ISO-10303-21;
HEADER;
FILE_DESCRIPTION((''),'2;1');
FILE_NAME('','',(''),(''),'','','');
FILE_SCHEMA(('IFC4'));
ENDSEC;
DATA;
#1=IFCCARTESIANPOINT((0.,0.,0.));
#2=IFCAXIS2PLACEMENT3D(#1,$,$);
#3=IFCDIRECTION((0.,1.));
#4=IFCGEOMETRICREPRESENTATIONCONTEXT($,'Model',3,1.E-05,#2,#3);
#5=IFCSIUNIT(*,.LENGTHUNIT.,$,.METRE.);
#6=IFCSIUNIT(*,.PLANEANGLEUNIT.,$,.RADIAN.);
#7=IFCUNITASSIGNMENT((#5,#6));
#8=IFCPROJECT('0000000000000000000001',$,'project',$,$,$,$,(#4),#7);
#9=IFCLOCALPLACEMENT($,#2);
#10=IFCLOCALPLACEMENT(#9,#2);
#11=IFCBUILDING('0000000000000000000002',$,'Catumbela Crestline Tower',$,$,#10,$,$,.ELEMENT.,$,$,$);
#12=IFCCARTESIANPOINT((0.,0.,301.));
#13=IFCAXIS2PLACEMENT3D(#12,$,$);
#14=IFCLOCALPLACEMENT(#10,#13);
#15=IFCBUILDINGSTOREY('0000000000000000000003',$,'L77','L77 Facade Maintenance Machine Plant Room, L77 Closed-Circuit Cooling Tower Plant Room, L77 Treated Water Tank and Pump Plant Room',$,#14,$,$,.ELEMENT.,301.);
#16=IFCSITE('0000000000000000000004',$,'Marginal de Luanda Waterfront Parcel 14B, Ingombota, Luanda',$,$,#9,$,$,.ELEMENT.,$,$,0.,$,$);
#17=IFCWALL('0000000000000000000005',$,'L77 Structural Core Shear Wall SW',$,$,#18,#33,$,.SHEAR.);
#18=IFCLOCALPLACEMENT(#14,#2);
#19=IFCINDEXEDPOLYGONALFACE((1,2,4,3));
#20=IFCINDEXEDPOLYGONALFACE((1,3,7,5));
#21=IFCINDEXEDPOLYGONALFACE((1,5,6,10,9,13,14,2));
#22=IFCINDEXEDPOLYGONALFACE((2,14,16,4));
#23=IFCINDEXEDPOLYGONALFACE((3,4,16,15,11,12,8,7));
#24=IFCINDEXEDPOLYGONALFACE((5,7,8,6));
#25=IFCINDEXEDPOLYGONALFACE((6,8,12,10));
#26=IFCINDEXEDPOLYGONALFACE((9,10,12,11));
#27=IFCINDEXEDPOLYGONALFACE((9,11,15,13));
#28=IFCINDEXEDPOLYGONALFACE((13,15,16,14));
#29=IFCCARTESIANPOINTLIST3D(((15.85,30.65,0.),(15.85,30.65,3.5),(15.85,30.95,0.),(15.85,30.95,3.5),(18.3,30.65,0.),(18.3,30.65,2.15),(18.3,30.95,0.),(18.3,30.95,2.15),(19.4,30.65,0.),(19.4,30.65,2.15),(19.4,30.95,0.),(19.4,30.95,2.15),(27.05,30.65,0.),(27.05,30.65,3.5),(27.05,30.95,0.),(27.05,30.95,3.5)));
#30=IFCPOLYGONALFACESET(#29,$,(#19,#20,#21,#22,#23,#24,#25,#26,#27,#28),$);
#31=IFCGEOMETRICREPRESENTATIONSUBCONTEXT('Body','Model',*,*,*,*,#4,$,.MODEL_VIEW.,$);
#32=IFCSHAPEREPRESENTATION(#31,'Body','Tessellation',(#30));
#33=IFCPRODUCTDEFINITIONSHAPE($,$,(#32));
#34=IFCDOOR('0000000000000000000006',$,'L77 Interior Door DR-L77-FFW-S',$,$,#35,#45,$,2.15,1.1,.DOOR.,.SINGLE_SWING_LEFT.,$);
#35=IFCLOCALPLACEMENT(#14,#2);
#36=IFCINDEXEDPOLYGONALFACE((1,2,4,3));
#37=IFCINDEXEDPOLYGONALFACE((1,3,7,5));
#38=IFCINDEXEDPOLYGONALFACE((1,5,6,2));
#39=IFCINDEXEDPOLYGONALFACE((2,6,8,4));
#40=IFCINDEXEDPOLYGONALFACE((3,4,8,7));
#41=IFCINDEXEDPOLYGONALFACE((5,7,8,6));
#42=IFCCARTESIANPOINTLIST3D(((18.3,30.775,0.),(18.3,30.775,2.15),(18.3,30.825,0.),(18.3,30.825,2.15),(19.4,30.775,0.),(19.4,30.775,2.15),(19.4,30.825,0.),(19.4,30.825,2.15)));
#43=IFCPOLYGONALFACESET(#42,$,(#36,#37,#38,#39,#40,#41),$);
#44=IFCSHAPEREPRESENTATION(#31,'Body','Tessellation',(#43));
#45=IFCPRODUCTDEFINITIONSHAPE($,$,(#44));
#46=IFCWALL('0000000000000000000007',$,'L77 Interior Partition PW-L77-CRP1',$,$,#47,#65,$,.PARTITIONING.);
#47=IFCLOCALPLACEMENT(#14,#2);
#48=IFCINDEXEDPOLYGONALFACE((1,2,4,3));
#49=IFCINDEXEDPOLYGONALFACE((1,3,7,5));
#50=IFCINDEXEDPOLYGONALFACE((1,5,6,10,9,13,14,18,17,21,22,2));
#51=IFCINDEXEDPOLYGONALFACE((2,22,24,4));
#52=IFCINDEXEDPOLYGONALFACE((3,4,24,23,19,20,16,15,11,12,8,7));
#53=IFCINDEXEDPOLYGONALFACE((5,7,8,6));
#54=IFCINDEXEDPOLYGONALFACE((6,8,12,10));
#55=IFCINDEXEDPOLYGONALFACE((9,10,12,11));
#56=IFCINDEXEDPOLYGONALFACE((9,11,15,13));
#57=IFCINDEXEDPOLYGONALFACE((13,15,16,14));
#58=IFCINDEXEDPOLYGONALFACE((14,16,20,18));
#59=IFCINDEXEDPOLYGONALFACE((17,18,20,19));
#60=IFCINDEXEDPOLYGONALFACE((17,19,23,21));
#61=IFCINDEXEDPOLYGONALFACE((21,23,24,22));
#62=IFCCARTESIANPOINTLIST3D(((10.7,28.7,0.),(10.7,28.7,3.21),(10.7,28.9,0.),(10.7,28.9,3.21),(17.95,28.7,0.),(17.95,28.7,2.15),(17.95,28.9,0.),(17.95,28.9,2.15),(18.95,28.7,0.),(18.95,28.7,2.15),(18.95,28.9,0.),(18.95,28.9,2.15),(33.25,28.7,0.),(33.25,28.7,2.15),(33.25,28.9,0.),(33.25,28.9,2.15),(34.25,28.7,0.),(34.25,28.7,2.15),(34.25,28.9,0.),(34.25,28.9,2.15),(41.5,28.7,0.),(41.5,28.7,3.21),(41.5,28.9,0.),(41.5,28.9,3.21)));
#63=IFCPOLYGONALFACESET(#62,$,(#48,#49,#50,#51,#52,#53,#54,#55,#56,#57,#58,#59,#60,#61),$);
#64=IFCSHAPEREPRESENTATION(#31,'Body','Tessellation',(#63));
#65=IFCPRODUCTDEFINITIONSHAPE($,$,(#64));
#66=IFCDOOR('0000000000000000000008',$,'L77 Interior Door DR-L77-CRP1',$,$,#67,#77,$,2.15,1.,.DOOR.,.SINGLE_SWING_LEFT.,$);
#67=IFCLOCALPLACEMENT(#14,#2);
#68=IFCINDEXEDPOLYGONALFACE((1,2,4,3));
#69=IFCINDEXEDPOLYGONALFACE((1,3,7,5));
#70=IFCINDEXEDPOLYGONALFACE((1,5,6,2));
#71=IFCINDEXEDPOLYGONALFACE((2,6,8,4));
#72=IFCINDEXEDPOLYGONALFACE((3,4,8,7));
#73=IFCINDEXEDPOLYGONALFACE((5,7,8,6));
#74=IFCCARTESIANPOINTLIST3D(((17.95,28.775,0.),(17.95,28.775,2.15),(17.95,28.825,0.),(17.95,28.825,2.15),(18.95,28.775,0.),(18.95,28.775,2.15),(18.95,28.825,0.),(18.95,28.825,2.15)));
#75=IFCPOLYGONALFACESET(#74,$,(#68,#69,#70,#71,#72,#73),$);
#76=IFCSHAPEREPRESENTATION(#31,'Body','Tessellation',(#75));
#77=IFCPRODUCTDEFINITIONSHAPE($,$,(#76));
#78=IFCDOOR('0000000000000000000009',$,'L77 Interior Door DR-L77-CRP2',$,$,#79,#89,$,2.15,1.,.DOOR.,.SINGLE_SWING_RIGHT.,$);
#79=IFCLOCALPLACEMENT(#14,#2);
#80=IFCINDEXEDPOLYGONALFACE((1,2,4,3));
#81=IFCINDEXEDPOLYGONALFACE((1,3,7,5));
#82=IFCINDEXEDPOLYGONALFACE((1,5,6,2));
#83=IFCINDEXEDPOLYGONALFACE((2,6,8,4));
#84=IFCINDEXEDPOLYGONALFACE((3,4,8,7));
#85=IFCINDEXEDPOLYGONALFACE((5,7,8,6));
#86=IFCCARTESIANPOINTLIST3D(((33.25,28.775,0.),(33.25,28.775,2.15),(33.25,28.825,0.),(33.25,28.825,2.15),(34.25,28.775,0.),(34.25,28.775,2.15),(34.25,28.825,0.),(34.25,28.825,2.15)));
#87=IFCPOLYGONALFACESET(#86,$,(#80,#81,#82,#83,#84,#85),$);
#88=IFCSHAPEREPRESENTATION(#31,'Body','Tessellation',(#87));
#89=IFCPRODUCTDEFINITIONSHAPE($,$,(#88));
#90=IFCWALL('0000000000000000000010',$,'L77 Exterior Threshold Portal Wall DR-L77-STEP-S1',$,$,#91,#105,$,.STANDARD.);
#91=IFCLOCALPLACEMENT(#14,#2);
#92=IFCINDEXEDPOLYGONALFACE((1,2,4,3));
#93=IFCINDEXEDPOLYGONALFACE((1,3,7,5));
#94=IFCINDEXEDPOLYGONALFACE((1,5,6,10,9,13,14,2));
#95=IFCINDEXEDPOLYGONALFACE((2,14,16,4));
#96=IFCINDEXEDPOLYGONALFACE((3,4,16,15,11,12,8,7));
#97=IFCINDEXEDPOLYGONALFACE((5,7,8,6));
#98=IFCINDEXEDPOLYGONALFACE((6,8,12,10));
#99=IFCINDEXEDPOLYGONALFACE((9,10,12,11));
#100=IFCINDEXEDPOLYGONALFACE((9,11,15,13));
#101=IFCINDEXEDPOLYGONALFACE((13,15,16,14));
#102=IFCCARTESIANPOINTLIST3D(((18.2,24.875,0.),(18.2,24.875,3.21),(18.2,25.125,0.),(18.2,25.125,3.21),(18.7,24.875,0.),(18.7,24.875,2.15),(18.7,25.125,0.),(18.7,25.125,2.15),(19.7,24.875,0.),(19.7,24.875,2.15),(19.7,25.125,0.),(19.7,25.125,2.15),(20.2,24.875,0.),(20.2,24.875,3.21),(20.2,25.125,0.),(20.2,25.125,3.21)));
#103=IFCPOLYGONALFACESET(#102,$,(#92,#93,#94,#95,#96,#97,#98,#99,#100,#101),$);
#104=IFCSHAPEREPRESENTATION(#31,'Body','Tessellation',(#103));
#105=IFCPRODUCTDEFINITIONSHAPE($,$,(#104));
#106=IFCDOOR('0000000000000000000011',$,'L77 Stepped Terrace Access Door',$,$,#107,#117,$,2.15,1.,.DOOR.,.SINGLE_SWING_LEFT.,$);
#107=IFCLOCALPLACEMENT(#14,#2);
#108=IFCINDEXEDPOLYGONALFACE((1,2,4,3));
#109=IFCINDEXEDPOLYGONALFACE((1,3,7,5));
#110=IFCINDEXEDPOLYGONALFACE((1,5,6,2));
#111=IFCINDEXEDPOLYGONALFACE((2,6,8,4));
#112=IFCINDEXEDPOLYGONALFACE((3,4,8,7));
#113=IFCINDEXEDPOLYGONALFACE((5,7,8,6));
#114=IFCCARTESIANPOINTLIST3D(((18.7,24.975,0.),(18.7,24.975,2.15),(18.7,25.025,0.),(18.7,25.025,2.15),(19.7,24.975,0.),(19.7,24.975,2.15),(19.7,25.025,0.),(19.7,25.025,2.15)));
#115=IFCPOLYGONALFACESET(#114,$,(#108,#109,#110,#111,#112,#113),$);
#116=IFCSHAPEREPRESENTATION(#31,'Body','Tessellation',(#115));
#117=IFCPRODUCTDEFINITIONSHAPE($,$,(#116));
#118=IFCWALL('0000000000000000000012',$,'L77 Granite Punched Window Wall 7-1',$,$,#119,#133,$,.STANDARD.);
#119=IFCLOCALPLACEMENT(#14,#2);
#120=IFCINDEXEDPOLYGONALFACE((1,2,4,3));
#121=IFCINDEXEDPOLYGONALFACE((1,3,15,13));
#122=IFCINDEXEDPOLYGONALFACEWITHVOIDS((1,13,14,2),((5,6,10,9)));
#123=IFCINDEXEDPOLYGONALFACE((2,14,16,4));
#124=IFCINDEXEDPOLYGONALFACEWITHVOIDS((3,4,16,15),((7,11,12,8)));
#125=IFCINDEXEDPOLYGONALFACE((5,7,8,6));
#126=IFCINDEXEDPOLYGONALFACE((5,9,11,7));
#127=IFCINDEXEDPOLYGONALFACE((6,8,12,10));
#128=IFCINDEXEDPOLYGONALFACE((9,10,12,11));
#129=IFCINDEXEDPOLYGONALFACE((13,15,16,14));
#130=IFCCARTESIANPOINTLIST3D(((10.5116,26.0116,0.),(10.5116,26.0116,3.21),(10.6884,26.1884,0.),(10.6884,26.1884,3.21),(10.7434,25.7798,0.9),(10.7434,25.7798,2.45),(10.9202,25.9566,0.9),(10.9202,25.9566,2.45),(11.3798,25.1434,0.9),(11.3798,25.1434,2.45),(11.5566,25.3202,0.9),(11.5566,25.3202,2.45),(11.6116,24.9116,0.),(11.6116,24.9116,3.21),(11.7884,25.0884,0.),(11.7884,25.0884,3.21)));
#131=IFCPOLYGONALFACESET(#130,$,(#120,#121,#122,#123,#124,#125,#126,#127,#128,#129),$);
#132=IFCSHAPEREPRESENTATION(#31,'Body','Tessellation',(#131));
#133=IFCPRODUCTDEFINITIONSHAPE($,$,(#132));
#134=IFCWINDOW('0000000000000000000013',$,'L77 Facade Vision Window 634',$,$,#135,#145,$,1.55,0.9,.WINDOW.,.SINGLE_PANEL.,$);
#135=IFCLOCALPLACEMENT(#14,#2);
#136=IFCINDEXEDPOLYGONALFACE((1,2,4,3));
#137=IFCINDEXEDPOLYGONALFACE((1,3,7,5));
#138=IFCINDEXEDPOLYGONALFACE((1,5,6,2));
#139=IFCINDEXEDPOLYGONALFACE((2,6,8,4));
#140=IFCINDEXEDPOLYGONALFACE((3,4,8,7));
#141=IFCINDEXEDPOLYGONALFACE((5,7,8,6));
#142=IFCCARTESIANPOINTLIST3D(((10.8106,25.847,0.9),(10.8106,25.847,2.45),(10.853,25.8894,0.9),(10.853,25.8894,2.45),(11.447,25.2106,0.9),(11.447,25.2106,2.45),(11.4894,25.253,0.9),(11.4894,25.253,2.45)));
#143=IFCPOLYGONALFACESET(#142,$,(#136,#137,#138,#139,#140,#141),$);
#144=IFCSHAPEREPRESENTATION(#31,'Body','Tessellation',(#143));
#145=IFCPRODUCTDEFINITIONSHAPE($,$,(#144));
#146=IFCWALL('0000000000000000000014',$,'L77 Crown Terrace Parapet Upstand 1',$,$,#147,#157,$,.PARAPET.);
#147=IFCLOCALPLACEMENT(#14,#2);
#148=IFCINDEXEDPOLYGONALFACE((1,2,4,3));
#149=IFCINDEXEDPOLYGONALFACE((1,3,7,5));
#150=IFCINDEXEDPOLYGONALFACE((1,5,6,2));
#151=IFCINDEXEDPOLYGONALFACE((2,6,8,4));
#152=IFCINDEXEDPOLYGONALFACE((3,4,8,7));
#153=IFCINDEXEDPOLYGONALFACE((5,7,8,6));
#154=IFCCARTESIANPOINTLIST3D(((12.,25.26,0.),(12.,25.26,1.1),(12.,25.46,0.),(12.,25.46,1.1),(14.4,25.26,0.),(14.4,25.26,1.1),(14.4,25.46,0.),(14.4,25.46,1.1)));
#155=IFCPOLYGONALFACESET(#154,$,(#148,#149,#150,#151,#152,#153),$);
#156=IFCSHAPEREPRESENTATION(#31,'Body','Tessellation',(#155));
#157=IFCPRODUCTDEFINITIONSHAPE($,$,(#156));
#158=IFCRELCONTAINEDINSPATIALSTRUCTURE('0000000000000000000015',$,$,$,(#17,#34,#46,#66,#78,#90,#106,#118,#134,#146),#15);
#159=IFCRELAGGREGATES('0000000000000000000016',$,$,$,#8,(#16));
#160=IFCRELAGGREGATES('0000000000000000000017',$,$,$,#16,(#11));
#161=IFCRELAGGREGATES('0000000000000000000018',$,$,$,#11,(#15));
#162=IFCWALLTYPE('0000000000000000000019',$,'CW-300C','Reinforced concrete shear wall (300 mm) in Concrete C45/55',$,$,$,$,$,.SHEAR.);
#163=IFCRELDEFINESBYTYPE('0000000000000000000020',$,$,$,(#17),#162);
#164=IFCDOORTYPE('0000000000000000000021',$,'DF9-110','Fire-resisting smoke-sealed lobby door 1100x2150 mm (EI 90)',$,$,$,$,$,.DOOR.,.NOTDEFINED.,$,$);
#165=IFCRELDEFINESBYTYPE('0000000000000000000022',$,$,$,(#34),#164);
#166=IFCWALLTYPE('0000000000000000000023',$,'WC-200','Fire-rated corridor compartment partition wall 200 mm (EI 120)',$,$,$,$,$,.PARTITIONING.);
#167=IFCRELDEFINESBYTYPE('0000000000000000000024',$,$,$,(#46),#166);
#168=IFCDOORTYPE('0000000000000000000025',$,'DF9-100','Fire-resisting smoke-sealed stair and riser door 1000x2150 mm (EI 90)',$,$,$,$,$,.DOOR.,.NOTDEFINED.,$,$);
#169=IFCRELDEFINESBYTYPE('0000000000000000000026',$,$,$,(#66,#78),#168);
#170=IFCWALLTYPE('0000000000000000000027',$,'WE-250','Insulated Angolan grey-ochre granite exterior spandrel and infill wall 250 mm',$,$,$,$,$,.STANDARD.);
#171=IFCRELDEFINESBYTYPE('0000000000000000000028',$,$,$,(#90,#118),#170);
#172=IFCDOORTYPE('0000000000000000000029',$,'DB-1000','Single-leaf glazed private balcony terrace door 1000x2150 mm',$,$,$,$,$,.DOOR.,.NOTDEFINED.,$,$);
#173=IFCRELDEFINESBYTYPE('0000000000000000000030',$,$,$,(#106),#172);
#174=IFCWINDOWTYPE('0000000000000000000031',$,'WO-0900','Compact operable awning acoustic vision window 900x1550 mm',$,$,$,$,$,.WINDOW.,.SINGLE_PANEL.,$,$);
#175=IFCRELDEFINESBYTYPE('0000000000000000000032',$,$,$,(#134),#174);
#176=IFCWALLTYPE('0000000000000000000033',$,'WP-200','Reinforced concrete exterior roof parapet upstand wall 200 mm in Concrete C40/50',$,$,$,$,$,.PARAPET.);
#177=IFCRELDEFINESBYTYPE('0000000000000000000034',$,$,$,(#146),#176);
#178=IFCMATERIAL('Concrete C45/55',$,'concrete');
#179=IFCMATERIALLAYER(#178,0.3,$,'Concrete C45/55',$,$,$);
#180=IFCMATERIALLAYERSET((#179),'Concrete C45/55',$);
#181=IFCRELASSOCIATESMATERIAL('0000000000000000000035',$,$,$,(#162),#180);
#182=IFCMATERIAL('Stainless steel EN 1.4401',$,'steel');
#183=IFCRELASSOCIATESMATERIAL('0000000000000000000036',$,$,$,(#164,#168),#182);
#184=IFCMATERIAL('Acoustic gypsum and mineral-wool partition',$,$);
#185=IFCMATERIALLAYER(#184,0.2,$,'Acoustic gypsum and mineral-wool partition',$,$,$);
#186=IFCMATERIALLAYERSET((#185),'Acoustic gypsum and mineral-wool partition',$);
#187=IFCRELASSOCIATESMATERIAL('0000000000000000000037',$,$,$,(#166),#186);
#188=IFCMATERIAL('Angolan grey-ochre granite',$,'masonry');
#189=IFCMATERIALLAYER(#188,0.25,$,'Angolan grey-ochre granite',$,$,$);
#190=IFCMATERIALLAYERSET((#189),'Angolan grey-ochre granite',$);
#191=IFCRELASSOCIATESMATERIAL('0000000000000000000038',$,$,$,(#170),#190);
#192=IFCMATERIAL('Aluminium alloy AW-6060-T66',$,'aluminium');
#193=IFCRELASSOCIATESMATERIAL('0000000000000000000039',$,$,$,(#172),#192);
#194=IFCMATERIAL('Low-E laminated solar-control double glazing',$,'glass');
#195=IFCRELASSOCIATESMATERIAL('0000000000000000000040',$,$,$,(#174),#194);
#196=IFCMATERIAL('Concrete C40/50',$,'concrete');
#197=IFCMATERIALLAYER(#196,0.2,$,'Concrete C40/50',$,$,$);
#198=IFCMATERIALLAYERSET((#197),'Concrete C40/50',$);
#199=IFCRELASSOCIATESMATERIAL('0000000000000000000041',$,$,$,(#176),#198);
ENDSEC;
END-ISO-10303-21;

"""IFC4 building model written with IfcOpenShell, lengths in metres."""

from ifc_helpers import new_model, si_unit, direction, frame, frame_2d, origin, place, context, subcontext, project, spatial, rectangle, extrude, material, layer, layer_set, type_object, element, fill, save


model = new_model("IFC4")

# Units and contexts
model_context = context("Model", 3, precision=1e-05, world=origin(), true_north=direction((0.0, 1.0)))
body_context = subcontext(model_context, "Body", "Model", "MODEL_VIEW")
ifc_project = project(units=[si_unit("LENGTHUNIT", "METRE"), si_unit("PLANEANGLEUNIT", "RADIAN")], contexts=[model_context])

# Site, building, storey
site_placement = place(None, origin())
site = spatial("IfcSite", under=ifc_project, at=site_placement, Name="Marginal de Luanda Waterfront Parcel 14B, Ingombota, Luanda", CompositionType="ELEMENT", RefElevation=0.0)
building_placement = place(site_placement, origin())
building = spatial("IfcBuilding", under=site, at=building_placement, Name="Catumbela Crestline Tower", CompositionType="ELEMENT")
storey_placement = place(building_placement, frame((0.0, 0.0, 301.0)))
storey = spatial("IfcBuildingStorey", under=building, at=storey_placement, Name="L77", Description="L77 Facade Maintenance Machine Plant Room, L77 Closed-Circuit Cooling Tower Plant Room, L77 Treated Water Tank and Pump Plant Room", CompositionType="ELEMENT", Elevation=301.0)

# Shared definitions
ifc_material_1 = material(Name="Aluminium alloy AW-6060-T66", Category="aluminium")

# Shared definitions
ifc_material_2 = material(Name="Low-E laminated solar-control double glazing", Category="glass")

# Shared definitions
ifc_material_3 = material(Name="Concrete C45/55", Category="concrete")

# Shared definitions
ifc_layer_1 = layer(ifc_material_3, 0.3, Name="Concrete C45/55")
ifc_layer_set_1 = layer_set([ifc_layer_1], Name="Concrete C45/55")
wall_type_1 = type_object("IfcWallType", Name="CW-300C", Description="Reinforced concrete shear wall (300 mm) in Concrete C45/55", PredefinedType="SHEAR", material=ifc_layer_set_1)

# Wall, opening, door
wall_1_placement = place(storey_placement, frame((15.85, 30.8, 0.0), z_axis=(0.0, 0.0, 1.0), x_axis=(1.0, 0.0, 0.0)))
wall_1 = element("IfcWall", 1, at=wall_1_placement, inside=storey, type_object=wall_type_1, Name="L77 Structural Core Shear Wall SW", PredefinedType="SHEAR", context=body_context, shape_type="SweptSolid", body=[
    extrude(rectangle(XDim=11.2, YDim=0.3, at=frame_2d((5.6, 0.0))), origin(), (0.0, 0.0, 1.0), 3.5),
])
opening_1_placement = place(wall_1_placement, frame((2.45, 0.0, 0.0)))
opening_1 = element("IfcOpeningElement", 2, at=opening_1_placement, cuts=wall_1, PredefinedType="OPENING", context=body_context, shape_type="SweptSolid", body=[
    extrude(rectangle(XDim=1.1, YDim=2.15, at=frame_2d((0.55, 1.075))), frame((0.0, 0.16, 0.0), z_axis=(0.0, -1.0, 0.0), x_axis=(1.0, 0.0, 0.0)), (0.0, 0.0, 1.0), 0.32),
])
ifc_material_4 = material(Name="Stainless steel EN 1.4401", Category="steel")
door_type_1 = type_object("IfcDoorType", Name="DF9-110", Description="Fire-resisting smoke-sealed lobby door 1100x2150 mm (EI 90)", OperationType="NOTDEFINED", PredefinedType="DOOR", material=ifc_material_4)
door_1_placement = place(opening_1_placement, origin())
door_1 = element("IfcDoor", 3, at=door_1_placement, inside=storey, type_object=door_type_1, Name="L77 Interior Door DR-L77-FFW-S", OperationType="SINGLE_SWING_LEFT", OverallHeight=2.15, OverallWidth=1.1, PredefinedType="DOOR", context=body_context, shape_type="SweptSolid", body=[
    extrude(rectangle(XDim=1.1, YDim=2.15, at=frame_2d((0.55, 1.075))), frame((0.0, 0.025, 0.0), z_axis=(0.0, -1.0, 0.0), x_axis=(1.0, 0.0, 0.0)), (0.0, 0.0, 1.0), 0.05),
])
fill(opening_1, door_1)

# Wall, openings, doors
ifc_material_5 = material(Name="Acoustic gypsum and mineral-wool partition")
ifc_layer_2 = layer(ifc_material_5, 0.2, Name="Acoustic gypsum and mineral-wool partition")
ifc_layer_set_2 = layer_set([ifc_layer_2], Name="Acoustic gypsum and mineral-wool partition")
wall_type_2 = type_object("IfcWallType", Name="WC-200", Description="Fire-rated corridor compartment partition wall 200 mm (EI 120)", PredefinedType="PARTITIONING", material=ifc_layer_set_2)
wall_2_placement = place(storey_placement, frame((10.7, 28.8, 0.0), z_axis=(0.0, 0.0, 1.0), x_axis=(1.0, 0.0, 0.0)))
wall_2 = element("IfcWall", 4, at=wall_2_placement, inside=storey, type_object=wall_type_2, Name="L77 Interior Partition PW-L77-CRP1", PredefinedType="PARTITIONING", context=body_context, shape_type="SweptSolid", body=[
    extrude(rectangle(XDim=30.8, YDim=0.2, at=frame_2d((15.4, 0.0))), origin(), (0.0, 0.0, 1.0), 3.21),
])
opening_2_placement = place(wall_2_placement, frame((7.25, 0.0, 0.0)))
opening_2 = element("IfcOpeningElement", 5, at=opening_2_placement, cuts=wall_2, PredefinedType="OPENING", context=body_context, shape_type="SweptSolid", body=[
    extrude(rectangle(XDim=1.0, YDim=2.15, at=frame_2d((0.5, 1.075))), frame((0.0, 0.11, 0.0), z_axis=(0.0, -1.0, 0.0), x_axis=(1.0, 0.0, 0.0)), (0.0, 0.0, 1.0), 0.22),
])
opening_3_placement = place(wall_2_placement, frame((22.55, 0.0, 0.0)))
opening_3 = element("IfcOpeningElement", 6, at=opening_3_placement, cuts=wall_2, PredefinedType="OPENING", context=body_context, shape_type="SweptSolid", body=[
    extrude(rectangle(XDim=1.0, YDim=2.15, at=frame_2d((0.5, 1.075))), frame((0.0, 0.11, 0.0), z_axis=(0.0, -1.0, 0.0), x_axis=(1.0, 0.0, 0.0)), (0.0, 0.0, 1.0), 0.22),
])
door_type_2 = type_object("IfcDoorType", Name="DF9-100", Description="Fire-resisting smoke-sealed stair and riser door 1000x2150 mm (EI 90)", OperationType="NOTDEFINED", PredefinedType="DOOR", material=ifc_material_4)
door_2_placement = place(opening_2_placement, origin())
door_2 = element("IfcDoor", 7, at=door_2_placement, inside=storey, type_object=door_type_2, Name="L77 Interior Door DR-L77-CRP1", OperationType="SINGLE_SWING_LEFT", OverallHeight=2.15, OverallWidth=1.0, PredefinedType="DOOR", context=body_context, shape_type="SweptSolid", body=[
    extrude(rectangle(XDim=1.0, YDim=2.15, at=frame_2d((0.5, 1.075))), frame((0.0, 0.025, 0.0), z_axis=(0.0, -1.0, 0.0), x_axis=(1.0, 0.0, 0.0)), (0.0, 0.0, 1.0), 0.05),
])
fill(opening_2, door_2)
door_3_placement = place(opening_3_placement, origin())
door_3 = element("IfcDoor", 8, at=door_3_placement, inside=storey, type_object=door_type_2, Name="L77 Interior Door DR-L77-CRP2", OperationType="SINGLE_SWING_RIGHT", OverallHeight=2.15, OverallWidth=1.0, PredefinedType="DOOR", context=body_context, shape_type="SweptSolid", body=[
    extrude(rectangle(XDim=1.0, YDim=2.15, at=frame_2d((0.5, 1.075))), frame((0.0, 0.025, 0.0), z_axis=(0.0, -1.0, 0.0), x_axis=(1.0, 0.0, 0.0)), (0.0, 0.0, 1.0), 0.05),
])
fill(opening_3, door_3)

# Wall, opening, door
ifc_material_6 = material(Name="Angolan grey-ochre granite", Category="masonry")
ifc_layer_3 = layer(ifc_material_6, 0.25, Name="Angolan grey-ochre granite")
ifc_layer_set_3 = layer_set([ifc_layer_3], Name="Angolan grey-ochre granite")
wall_type_3 = type_object("IfcWallType", Name="WE-250", Description="Insulated Angolan grey-ochre granite exterior spandrel and infill wall 250 mm", PredefinedType="STANDARD", material=ifc_layer_set_3)
wall_3_placement = place(storey_placement, frame((18.2, 25.0, 0.0), z_axis=(0.0, 0.0, 1.0), x_axis=(1.0, 0.0, 0.0)))
wall_3 = element("IfcWall", 9, at=wall_3_placement, inside=storey, type_object=wall_type_3, Name="L77 Exterior Threshold Portal Wall DR-L77-STEP-S1", PredefinedType="STANDARD", context=body_context, shape_type="SweptSolid", body=[
    extrude(rectangle(XDim=2.0, YDim=0.25, at=frame_2d((1.0, 0.0))), origin(), (0.0, 0.0, 1.0), 3.21),
])
opening_4_placement = place(wall_3_placement, frame((0.5, 0.0, 0.0)))
opening_4 = element("IfcOpeningElement", 10, at=opening_4_placement, cuts=wall_3, PredefinedType="OPENING", context=body_context, shape_type="SweptSolid", body=[
    extrude(rectangle(XDim=1.0, YDim=2.15, at=frame_2d((0.5, 1.075))), frame((0.0, 0.135, 0.0), z_axis=(0.0, -1.0, 0.0), x_axis=(1.0, 0.0, 0.0)), (0.0, 0.0, 1.0), 0.27),
])
door_type_3 = type_object("IfcDoorType", Name="DB-1000", Description="Single-leaf glazed private balcony terrace door 1000x2150 mm", OperationType="NOTDEFINED", PredefinedType="DOOR", material=ifc_material_1)
door_4_placement = place(opening_4_placement, origin())
door_4 = element("IfcDoor", 11, at=door_4_placement, inside=storey, type_object=door_type_3, Name="L77 Stepped Terrace Access Door", OperationType="SINGLE_SWING_LEFT", OverallHeight=2.15, OverallWidth=1.0, PredefinedType="DOOR", context=body_context, shape_type="SweptSolid", body=[
    extrude(rectangle(XDim=1.0, YDim=2.15, at=frame_2d((0.5, 1.075))), frame((0.0, 0.025, 0.0), z_axis=(0.0, -1.0, 0.0), x_axis=(1.0, 0.0, 0.0)), (0.0, 0.0, 1.0), 0.05),
])
fill(opening_4, door_4)

# Wall, opening, window
wall_4_placement = place(storey_placement, frame((10.6, 26.1, 0.0), z_axis=(0.0, 0.0, 1.0), x_axis=(0.707107, -0.707107, 0.0)))
wall_4 = element("IfcWall", 12, at=wall_4_placement, inside=storey, type_object=wall_type_3, Name="L77 Granite Punched Window Wall 7-1", PredefinedType="STANDARD", context=body_context, shape_type="SweptSolid", body=[
    extrude(rectangle(XDim=1.5556, YDim=0.25, at=frame_2d((0.7778, 0.0))), origin(), (0.0, 0.0, 1.0), 3.21),
])
opening_5_placement = place(wall_4_placement, frame((0.3278, 0.0, 0.9)))
opening_5 = element("IfcOpeningElement", 13, at=opening_5_placement, cuts=wall_4, PredefinedType="OPENING", context=body_context, shape_type="SweptSolid", body=[
    extrude(rectangle(XDim=0.9, YDim=1.55, at=frame_2d((0.45, 0.775))), frame((0.0, 0.135, 0.0), z_axis=(0.0, -1.0, 0.0), x_axis=(1.0, 0.0, 0.0)), (0.0, 0.0, 1.0), 0.27),
])
window_type = type_object("IfcWindowType", Name="WO-0900", Description="Compact operable awning acoustic vision window 900x1550 mm", PartitioningType="SINGLE_PANEL", PredefinedType="WINDOW", material=ifc_material_2)
window_placement = place(opening_5_placement, origin())
window = element("IfcWindow", 14, at=window_placement, inside=storey, type_object=window_type, Name="L77 Facade Vision Window 634", OverallHeight=1.55, OverallWidth=0.9, PartitioningType="SINGLE_PANEL", PredefinedType="WINDOW", context=body_context, shape_type="SweptSolid", body=[
    extrude(rectangle(XDim=0.9, YDim=1.55, at=frame_2d((0.45, 0.775))), frame((0.0, 0.03, 0.0), z_axis=(0.0, -1.0, 0.0), x_axis=(1.0, 0.0, 0.0)), (0.0, 0.0, 1.0), 0.06),
])
fill(opening_5, window)

# Wall
ifc_material_7 = material(Name="Concrete C40/50", Category="concrete")
ifc_layer_4 = layer(ifc_material_7, 0.2, Name="Concrete C40/50")
ifc_layer_set_4 = layer_set([ifc_layer_4], Name="Concrete C40/50")
wall_type_4 = type_object("IfcWallType", Name="WP-200", Description="Reinforced concrete exterior roof parapet upstand wall 200 mm in Concrete C40/50", PredefinedType="PARAPET", material=ifc_layer_set_4)
wall_5_placement = place(storey_placement, frame((12.0, 25.36, 0.0), z_axis=(0.0, 0.0, 1.0), x_axis=(1.0, 0.0, 0.0)))
element("IfcWall", 15, at=wall_5_placement, inside=storey, type_object=wall_type_4, Name="L77 Crown Terrace Parapet Upstand 1", PredefinedType="PARAPET", context=body_context, shape_type="SweptSolid", body=[
    extrude(rectangle(XDim=2.4, YDim=0.2, at=frame_2d((1.2, 0.0))), origin(), (0.0, 0.0, 1.0), 1.1),
])

save(model, "model.ifc")
